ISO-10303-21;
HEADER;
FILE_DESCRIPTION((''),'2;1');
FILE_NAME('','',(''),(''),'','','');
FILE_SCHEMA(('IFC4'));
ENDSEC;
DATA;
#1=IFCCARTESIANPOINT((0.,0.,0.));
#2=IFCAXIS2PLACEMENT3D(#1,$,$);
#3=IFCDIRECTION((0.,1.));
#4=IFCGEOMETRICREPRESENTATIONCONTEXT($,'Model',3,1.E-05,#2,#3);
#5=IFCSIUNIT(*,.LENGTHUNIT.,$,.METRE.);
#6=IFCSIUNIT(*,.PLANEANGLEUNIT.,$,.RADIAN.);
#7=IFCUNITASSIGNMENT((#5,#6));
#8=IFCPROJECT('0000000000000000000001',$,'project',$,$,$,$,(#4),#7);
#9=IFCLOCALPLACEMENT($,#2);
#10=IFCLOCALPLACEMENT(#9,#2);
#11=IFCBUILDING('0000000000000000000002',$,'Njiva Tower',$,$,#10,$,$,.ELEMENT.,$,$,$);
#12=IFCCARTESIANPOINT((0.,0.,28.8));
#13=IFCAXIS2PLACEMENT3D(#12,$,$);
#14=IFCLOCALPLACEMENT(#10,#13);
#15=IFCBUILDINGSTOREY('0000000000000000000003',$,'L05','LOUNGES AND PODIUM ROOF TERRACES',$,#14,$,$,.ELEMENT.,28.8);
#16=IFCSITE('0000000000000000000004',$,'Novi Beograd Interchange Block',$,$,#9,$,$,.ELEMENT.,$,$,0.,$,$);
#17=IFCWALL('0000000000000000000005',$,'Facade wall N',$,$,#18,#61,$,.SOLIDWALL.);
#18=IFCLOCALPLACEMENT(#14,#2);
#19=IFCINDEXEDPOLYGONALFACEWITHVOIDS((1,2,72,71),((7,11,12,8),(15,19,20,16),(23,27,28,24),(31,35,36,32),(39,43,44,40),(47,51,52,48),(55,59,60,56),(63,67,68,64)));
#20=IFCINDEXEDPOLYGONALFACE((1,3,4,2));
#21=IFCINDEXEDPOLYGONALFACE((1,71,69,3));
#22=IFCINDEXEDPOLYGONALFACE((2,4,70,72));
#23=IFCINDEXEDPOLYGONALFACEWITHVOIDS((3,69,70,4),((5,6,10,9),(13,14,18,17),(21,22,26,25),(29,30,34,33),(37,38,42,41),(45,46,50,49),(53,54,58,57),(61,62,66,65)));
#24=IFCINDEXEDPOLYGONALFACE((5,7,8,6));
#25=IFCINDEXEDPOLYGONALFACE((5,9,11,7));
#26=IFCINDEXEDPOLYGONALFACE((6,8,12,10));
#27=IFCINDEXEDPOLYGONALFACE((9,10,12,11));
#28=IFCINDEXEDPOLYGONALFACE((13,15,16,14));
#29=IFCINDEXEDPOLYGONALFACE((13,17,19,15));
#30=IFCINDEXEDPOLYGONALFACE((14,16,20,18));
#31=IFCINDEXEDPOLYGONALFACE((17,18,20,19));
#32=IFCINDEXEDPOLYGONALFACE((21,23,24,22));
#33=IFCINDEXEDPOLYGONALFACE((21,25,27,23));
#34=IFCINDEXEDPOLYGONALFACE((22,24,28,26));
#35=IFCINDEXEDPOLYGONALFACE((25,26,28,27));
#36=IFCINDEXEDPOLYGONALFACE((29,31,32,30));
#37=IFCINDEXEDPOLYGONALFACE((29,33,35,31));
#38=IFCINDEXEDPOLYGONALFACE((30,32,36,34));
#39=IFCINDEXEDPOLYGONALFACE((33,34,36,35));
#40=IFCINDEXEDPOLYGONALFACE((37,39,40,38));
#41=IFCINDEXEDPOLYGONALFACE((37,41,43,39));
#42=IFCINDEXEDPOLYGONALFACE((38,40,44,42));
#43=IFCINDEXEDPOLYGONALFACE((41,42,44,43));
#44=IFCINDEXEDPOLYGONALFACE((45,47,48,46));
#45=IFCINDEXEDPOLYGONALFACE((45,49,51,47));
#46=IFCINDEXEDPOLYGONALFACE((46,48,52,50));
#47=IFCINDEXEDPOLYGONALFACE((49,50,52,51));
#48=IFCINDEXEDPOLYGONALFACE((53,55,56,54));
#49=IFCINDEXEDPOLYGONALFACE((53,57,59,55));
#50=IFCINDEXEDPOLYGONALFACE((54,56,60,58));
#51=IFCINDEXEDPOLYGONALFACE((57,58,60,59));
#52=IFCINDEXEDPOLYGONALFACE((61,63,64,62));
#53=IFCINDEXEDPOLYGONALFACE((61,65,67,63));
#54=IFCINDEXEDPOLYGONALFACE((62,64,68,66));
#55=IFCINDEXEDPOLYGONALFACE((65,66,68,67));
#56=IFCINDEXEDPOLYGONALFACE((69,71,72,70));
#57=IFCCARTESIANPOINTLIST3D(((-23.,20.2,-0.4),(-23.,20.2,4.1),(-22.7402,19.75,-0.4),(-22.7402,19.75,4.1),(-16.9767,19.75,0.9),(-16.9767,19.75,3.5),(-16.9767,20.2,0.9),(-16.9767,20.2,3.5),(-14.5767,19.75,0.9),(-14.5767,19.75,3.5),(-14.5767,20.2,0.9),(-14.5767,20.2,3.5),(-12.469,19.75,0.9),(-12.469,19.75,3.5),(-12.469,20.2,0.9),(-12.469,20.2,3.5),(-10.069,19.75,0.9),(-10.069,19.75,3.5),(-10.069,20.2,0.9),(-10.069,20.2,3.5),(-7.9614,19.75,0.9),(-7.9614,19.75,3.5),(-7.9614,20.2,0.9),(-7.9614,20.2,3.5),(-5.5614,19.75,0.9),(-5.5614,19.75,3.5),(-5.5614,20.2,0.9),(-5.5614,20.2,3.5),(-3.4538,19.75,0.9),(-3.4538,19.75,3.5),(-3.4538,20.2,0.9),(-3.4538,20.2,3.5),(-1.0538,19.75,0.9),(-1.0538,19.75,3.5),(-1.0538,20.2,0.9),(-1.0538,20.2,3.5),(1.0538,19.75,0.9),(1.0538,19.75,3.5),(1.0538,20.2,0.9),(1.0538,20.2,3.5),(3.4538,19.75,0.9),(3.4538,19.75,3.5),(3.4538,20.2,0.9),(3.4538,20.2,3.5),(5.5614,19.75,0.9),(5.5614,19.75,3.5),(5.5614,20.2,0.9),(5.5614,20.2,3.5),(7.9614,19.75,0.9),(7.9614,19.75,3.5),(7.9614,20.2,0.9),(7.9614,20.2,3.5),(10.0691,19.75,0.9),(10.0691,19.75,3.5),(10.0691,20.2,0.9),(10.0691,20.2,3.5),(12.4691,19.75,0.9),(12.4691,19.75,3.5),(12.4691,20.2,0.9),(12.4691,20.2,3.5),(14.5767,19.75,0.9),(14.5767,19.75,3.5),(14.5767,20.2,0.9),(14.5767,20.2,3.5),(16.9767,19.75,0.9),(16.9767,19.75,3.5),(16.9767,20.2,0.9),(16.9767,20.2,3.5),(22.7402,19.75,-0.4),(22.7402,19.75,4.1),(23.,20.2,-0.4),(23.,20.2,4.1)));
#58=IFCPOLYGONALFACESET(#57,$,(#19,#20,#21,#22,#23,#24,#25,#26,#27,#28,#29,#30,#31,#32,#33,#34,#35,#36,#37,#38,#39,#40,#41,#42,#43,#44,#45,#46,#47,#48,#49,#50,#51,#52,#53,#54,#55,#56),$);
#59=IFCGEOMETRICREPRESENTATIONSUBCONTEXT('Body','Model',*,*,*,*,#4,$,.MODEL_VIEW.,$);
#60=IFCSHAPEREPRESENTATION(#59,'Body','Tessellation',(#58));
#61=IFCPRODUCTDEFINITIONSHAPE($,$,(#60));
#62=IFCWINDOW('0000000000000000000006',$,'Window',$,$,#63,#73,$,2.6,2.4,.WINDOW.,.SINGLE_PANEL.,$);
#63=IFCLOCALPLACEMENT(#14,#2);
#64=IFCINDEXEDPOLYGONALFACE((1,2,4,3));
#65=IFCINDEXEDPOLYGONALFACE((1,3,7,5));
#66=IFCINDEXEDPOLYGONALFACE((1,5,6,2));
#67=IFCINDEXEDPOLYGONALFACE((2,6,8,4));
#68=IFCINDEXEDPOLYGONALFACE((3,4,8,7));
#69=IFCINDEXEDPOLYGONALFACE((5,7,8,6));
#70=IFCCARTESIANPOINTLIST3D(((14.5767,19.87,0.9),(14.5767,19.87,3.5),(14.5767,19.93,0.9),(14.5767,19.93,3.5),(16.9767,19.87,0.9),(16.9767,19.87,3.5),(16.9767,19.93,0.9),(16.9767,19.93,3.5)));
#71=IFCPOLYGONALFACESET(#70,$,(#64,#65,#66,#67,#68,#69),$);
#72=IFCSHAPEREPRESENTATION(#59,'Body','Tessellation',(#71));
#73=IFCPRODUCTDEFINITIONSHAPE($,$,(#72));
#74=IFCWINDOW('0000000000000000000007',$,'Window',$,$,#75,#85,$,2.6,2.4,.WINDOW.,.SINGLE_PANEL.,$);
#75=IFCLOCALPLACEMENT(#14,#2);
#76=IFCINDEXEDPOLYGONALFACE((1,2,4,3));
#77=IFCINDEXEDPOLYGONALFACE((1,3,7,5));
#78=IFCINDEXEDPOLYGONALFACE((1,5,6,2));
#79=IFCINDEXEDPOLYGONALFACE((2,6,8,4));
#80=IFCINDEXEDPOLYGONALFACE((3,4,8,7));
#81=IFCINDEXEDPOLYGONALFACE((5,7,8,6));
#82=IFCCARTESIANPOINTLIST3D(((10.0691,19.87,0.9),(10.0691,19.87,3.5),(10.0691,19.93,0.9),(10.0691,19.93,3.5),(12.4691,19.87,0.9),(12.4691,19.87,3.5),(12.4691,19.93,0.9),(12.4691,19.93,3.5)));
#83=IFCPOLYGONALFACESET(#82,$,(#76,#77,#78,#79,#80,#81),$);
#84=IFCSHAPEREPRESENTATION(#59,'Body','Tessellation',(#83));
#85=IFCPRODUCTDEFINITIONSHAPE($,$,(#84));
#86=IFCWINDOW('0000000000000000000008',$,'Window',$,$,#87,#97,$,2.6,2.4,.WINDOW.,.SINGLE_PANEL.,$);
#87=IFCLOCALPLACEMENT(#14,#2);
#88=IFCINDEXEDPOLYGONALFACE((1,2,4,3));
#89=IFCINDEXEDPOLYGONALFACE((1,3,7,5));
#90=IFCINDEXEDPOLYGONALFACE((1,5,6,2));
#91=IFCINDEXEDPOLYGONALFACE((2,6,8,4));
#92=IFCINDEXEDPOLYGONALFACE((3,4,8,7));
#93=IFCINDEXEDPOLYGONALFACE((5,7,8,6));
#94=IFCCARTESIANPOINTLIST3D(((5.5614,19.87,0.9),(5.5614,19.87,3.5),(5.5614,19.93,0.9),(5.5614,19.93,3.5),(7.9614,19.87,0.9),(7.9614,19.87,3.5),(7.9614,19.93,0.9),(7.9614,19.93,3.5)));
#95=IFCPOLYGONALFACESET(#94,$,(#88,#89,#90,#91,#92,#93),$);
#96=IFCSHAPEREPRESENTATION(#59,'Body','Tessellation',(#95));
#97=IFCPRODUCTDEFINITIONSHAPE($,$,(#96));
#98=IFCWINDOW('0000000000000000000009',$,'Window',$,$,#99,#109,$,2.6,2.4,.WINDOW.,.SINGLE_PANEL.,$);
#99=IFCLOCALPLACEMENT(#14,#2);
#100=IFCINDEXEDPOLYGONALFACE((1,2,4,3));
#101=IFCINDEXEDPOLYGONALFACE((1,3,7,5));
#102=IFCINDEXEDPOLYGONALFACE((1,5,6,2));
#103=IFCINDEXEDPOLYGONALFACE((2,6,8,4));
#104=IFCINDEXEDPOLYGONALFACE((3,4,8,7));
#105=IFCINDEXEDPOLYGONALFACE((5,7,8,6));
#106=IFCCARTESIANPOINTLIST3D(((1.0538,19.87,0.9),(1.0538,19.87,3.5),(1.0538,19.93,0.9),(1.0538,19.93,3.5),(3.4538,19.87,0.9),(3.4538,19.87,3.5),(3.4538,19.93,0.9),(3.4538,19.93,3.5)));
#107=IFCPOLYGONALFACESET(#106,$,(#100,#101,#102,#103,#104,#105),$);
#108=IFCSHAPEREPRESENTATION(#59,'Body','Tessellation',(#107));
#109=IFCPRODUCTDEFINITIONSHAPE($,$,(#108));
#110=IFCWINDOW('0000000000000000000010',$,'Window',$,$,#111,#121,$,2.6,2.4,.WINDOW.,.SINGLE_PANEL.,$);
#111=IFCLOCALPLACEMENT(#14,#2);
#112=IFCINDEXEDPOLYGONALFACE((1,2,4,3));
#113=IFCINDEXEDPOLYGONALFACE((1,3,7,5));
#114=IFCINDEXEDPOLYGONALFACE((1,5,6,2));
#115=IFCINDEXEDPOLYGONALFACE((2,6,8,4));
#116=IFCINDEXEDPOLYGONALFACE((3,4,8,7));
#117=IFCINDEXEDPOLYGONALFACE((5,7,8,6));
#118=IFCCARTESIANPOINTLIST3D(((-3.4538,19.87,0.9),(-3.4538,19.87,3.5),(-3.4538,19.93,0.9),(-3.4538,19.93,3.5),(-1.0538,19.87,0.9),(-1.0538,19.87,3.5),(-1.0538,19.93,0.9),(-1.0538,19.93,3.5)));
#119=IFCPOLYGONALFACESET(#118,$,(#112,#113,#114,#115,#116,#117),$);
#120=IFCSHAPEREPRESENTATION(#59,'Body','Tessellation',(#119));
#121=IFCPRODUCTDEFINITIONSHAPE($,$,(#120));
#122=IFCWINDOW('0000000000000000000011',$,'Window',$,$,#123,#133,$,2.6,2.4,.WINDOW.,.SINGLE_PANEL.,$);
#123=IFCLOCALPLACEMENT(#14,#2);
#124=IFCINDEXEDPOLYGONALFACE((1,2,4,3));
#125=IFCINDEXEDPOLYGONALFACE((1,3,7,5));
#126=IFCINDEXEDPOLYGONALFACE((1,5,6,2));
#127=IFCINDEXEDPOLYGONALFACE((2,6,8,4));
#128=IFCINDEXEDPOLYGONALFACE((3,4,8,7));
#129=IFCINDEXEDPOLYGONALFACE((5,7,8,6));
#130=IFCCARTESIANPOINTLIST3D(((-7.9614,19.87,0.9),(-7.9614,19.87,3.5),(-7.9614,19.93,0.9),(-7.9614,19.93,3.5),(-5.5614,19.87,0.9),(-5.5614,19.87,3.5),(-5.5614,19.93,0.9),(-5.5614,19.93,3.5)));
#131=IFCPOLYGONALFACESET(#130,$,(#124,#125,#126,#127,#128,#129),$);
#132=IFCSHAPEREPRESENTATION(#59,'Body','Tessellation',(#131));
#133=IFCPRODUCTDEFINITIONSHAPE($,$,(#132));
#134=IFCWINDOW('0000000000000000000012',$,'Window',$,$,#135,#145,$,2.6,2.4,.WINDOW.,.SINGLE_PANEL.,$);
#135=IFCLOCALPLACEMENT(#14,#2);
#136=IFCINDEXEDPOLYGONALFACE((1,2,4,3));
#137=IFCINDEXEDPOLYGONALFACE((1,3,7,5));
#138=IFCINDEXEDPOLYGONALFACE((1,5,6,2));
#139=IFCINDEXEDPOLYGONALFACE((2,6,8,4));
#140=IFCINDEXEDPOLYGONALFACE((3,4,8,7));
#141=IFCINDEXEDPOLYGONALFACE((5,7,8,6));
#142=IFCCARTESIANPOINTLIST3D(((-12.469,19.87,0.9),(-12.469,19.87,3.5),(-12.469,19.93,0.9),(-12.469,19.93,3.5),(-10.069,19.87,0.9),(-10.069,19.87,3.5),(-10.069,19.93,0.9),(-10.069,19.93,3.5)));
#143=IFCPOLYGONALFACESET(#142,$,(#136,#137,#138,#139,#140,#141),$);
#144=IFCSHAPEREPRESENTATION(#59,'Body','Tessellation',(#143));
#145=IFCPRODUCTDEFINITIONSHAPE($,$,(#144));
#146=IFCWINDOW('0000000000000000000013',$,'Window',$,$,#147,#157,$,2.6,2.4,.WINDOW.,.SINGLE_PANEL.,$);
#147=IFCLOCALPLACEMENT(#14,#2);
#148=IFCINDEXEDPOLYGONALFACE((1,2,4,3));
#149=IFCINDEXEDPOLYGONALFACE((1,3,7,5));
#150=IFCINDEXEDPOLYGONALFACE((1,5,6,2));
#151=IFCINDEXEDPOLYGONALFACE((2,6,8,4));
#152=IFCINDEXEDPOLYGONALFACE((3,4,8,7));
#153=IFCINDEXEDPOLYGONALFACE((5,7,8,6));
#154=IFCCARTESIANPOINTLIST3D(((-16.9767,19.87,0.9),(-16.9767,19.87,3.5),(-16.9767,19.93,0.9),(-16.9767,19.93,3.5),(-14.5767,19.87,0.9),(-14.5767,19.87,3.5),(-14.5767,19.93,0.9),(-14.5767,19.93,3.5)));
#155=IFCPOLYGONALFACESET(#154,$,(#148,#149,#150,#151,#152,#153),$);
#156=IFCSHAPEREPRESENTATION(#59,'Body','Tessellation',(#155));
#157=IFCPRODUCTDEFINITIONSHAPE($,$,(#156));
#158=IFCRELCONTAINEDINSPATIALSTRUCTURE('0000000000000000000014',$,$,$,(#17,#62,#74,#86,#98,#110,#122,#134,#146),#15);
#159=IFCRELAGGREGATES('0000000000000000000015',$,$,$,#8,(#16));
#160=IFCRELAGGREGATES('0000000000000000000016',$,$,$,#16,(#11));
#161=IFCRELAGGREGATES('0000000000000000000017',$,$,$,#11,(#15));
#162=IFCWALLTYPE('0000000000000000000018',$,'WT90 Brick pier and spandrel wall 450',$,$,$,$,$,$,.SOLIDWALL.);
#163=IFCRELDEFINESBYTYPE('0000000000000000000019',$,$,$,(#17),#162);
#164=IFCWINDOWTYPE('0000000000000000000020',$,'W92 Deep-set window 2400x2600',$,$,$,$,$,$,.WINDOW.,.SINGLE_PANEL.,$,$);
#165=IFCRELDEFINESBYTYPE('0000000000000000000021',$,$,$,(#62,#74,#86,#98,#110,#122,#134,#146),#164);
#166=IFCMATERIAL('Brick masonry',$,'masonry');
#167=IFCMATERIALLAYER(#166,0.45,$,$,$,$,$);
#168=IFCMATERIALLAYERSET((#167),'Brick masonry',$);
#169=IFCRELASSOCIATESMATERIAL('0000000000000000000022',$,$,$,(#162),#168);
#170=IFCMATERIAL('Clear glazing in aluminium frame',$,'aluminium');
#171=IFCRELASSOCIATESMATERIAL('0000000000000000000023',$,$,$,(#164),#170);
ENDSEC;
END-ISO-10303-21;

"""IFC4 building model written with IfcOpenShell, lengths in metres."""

from ifc_helpers import new_model, si_unit, direction, frame, frame_2d, origin, place, context, subcontext, project, spatial, polyline, rectangle, outline, extrude, material, layer, layer_set, type_object, element, fill, save


model = new_model("IFC4")

# Units and contexts
model_context = context("Model", 3, precision=1e-05, world=origin(), true_north=direction((0.0, 1.0)))
body_context = subcontext(model_context, "Body", "Model", "MODEL_VIEW")
ifc_project = project(units=[si_unit("LENGTHUNIT", "METRE"), si_unit("PLANEANGLEUNIT", "RADIAN")], contexts=[model_context])

# Site, building, storey
site_placement = place(None, origin())
site = spatial("IfcSite", under=ifc_project, at=site_placement, Name="Novi Beograd Interchange Block", CompositionType="ELEMENT", RefElevation=0.0)
building_placement = place(site_placement, origin())
building = spatial("IfcBuilding", under=site, at=building_placement, Name="Njiva Tower", CompositionType="ELEMENT")
storey_placement = place(building_placement, frame((0.0, 0.0, 28.8)))
storey = spatial("IfcBuildingStorey", under=building, at=storey_placement, Name="L05", Description="LOUNGES AND PODIUM ROOF TERRACES", CompositionType="ELEMENT", Elevation=28.8)

# Wall, openings, windows
ifc_material_1 = material(Name="Brick masonry", Category="masonry")
ifc_layer_1 = layer(ifc_material_1, 0.45)
ifc_layer_set_1 = layer_set([ifc_layer_1], Name="Brick masonry")
wall_type_1 = type_object("IfcWallType", Name="WT90 Brick pier and spandrel wall 450", PredefinedType="SOLIDWALL", material=ifc_layer_set_1)
wall_1_placement = place(storey_placement, frame((22.8701, 19.975, -0.4), z_axis=(0.0, 0.0, 1.0), x_axis=(-1.0, 0.0, 0.0)))
wall_1 = element("IfcWall", 1, at=wall_1_placement, inside=storey, type_object=wall_type_1, Name="Facade wall N", PredefinedType="SOLIDWALL", context=body_context, shape_type="SweptSolid", body=[
    extrude(outline(polyline([(-0.1299, -0.225), (45.8701, -0.225), (45.6103, 0.225), (0.1299, 0.225), (-0.1299, -0.225)])), origin(), (0.0, 0.0, 1.0), 4.5),
])
opening_1_placement = place(wall_1_placement, frame((5.8934, 0.0, 1.3)))
opening_1 = element("IfcOpeningElement", 2, at=opening_1_placement, cuts=wall_1, PredefinedType="OPENING", context=body_context, shape_type="SweptSolid", body=[
    extrude(rectangle(XDim=2.4, YDim=2.6, at=frame_2d((1.2, 1.3))), frame((0.0, 0.235, 0.0), z_axis=(0.0, -1.0, 0.0), x_axis=(1.0, 0.0, 0.0)), (0.0, 0.0, 1.0), 0.47),
])
opening_2_placement = place(wall_1_placement, frame((10.401, 0.0, 1.3)))
opening_2 = element("IfcOpeningElement", 3, at=opening_2_placement, cuts=wall_1, PredefinedType="OPENING", context=body_context, shape_type="SweptSolid", body=[
    extrude(rectangle(XDim=2.4, YDim=2.6, at=frame_2d((1.2, 1.3))), frame((0.0, 0.235, 0.0), z_axis=(0.0, -1.0, 0.0), x_axis=(1.0, 0.0, 0.0)), (0.0, 0.0, 1.0), 0.47),
])
opening_3_placement = place(wall_1_placement, frame((14.9087, 0.0, 1.3)))
opening_3 = element("IfcOpeningElement", 4, at=opening_3_placement, cuts=wall_1, PredefinedType="OPENING", context=body_context, shape_type="SweptSolid", body=[
    extrude(rectangle(XDim=2.4, YDim=2.6, at=frame_2d((1.2, 1.3))), frame((0.0, 0.235, 0.0), z_axis=(0.0, -1.0, 0.0), x_axis=(1.0, 0.0, 0.0)), (0.0, 0.0, 1.0), 0.47),
])
opening_4_placement = place(wall_1_placement, frame((19.4163, 0.0, 1.3)))
opening_4 = element("IfcOpeningElement", 5, at=opening_4_placement, cuts=wall_1, PredefinedType="OPENING", context=body_context, shape_type="SweptSolid", body=[
    extrude(rectangle(XDim=2.4, YDim=2.6, at=frame_2d((1.2, 1.3))), frame((0.0, 0.235, 0.0), z_axis=(0.0, -1.0, 0.0), x_axis=(1.0, 0.0, 0.0)), (0.0, 0.0, 1.0), 0.47),
])
opening_5_placement = place(wall_1_placement, frame((23.9239, 0.0, 1.3)))
opening_5 = element("IfcOpeningElement", 6, at=opening_5_placement, cuts=wall_1, PredefinedType="OPENING", context=body_context, shape_type="SweptSolid", body=[
    extrude(rectangle(XDim=2.4, YDim=2.6, at=frame_2d((1.2, 1.3))), frame((0.0, 0.235, 0.0), z_axis=(0.0, -1.0, 0.0), x_axis=(1.0, 0.0, 0.0)), (0.0, 0.0, 1.0), 0.47),
])
opening_6_placement = place(wall_1_placement, frame((28.4315, 0.0, 1.3)))
opening_6 = element("IfcOpeningElement", 7, at=opening_6_placement, cuts=wall_1, PredefinedType="OPENING", context=body_context, shape_type="SweptSolid", body=[
    extrude(rectangle(XDim=2.4, YDim=2.6, at=frame_2d((1.2, 1.3))), frame((0.0, 0.235, 0.0), z_axis=(0.0, -1.0, 0.0), x_axis=(1.0, 0.0, 0.0)), (0.0, 0.0, 1.0), 0.47),
])
opening_7_placement = place(wall_1_placement, frame((32.9391, 0.0, 1.3)))
opening_7 = element("IfcOpeningElement", 8, at=opening_7_placement, cuts=wall_1, PredefinedType="OPENING", context=body_context, shape_type="SweptSolid", body=[
    extrude(rectangle(XDim=2.4, YDim=2.6, at=frame_2d((1.2, 1.3))), frame((0.0, 0.235, 0.0), z_axis=(0.0, -1.0, 0.0), x_axis=(1.0, 0.0, 0.0)), (0.0, 0.0, 1.0), 0.47),
])
opening_8_placement = place(wall_1_placement, frame((37.4468, 0.0, 1.3)))
opening_8 = element("IfcOpeningElement", 9, at=opening_8_placement, cuts=wall_1, PredefinedType="OPENING", context=body_context, shape_type="SweptSolid", body=[
    extrude(rectangle(XDim=2.4, YDim=2.6, at=frame_2d((1.2, 1.3))), frame((0.0, 0.235, 0.0), z_axis=(0.0, -1.0, 0.0), x_axis=(1.0, 0.0, 0.0)), (0.0, 0.0, 1.0), 0.47),
])
ifc_material_2 = material(Name="Clear glazing in aluminium frame", Category="aluminium")
window_type = type_object("IfcWindowType", Name="W92 Deep-set window 2400x2600", PartitioningType="SINGLE_PANEL", PredefinedType="WINDOW", material=ifc_material_2)
window_1_placement = place(opening_1_placement, origin())
window_1 = element("IfcWindow", 10, at=window_1_placement, inside=storey, type_object=window_type, Name="Window", OverallHeight=2.6, OverallWidth=2.4, PartitioningType="SINGLE_PANEL", PredefinedType="WINDOW", context=body_context, shape_type="SweptSolid", body=[
    extrude(rectangle(XDim=2.4, YDim=2.6, at=frame_2d((1.2, 1.3))), frame((0.0, 0.105, 0.0), z_axis=(0.0, -1.0, 0.0), x_axis=(1.0, 0.0, 0.0)), (0.0, 0.0, 1.0), 0.06),
])
fill(opening_1, window_1)
window_2_placement = place(opening_2_placement, origin())
window_2 = element("IfcWindow", 11, at=window_2_placement, inside=storey, type_object=window_type, Name="Window", OverallHeight=2.6, OverallWidth=2.4, PartitioningType="SINGLE_PANEL", PredefinedType="WINDOW", context=body_context, shape_type="SweptSolid", body=[
    extrude(rectangle(XDim=2.4, YDim=2.6, at=frame_2d((1.2, 1.3))), frame((0.0, 0.105, 0.0), z_axis=(0.0, -1.0, 0.0), x_axis=(1.0, 0.0, 0.0)), (0.0, 0.0, 1.0), 0.06),
])
fill(opening_2, window_2)
window_3_placement = place(opening_3_placement, origin())
window_3 = element("IfcWindow", 12, at=window_3_placement, inside=storey, type_object=window_type, Name="Window", OverallHeight=2.6, OverallWidth=2.4, PartitioningType="SINGLE_PANEL", PredefinedType="WINDOW", context=body_context, shape_type="SweptSolid", body=[
    extrude(rectangle(XDim=2.4, YDim=2.6, at=frame_2d((1.2, 1.3))), frame((0.0, 0.105, 0.0), z_axis=(0.0, -1.0, 0.0), x_axis=(1.0, 0.0, 0.0)), (0.0, 0.0, 1.0), 0.06),
])
fill(opening_3, window_3)
window_4_placement = place(opening_4_placement, origin())
window_4 = element("IfcWindow", 13, at=window_4_placement, inside=storey, type_object=window_type, Name="Window", OverallHeight=2.6, OverallWidth=2.4, PartitioningType="SINGLE_PANEL", PredefinedType="WINDOW", context=body_context, shape_type="SweptSolid", body=[
    extrude(rectangle(XDim=2.4, YDim=2.6, at=frame_2d((1.2, 1.3))), frame((0.0, 0.105, 0.0), z_axis=(0.0, -1.0, 0.0), x_axis=(1.0, 0.0, 0.0)), (0.0, 0.0, 1.0), 0.06),
])
fill(opening_4, window_4)
window_5_placement = place(opening_5_placement, origin())
window_5 = element("IfcWindow", 14, at=window_5_placement, inside=storey, type_object=window_type, Name="Window", OverallHeight=2.6, OverallWidth=2.4, PartitioningType="SINGLE_PANEL", PredefinedType="WINDOW", context=body_context, shape_type="SweptSolid", body=[
    extrude(rectangle(XDim=2.4, YDim=2.6, at=frame_2d((1.2, 1.3))), frame((0.0, 0.105, 0.0), z_axis=(0.0, -1.0, 0.0), x_axis=(1.0, 0.0, 0.0)), (0.0, 0.0, 1.0), 0.06),
])
fill(opening_5, window_5)
window_6_placement = place(opening_6_placement, origin())
window_6 = element("IfcWindow", 15, at=window_6_placement, inside=storey, type_object=window_type, Name="Window", OverallHeight=2.6, OverallWidth=2.4, PartitioningType="SINGLE_PANEL", PredefinedType="WINDOW", context=body_context, shape_type="SweptSolid", body=[
    extrude(rectangle(XDim=2.4, YDim=2.6, at=frame_2d((1.2, 1.3))), frame((0.0, 0.105, 0.0), z_axis=(0.0, -1.0, 0.0), x_axis=(1.0, 0.0, 0.0)), (0.0, 0.0, 1.0), 0.06),
])
fill(opening_6, window_6)
window_7_placement = place(opening_7_placement, origin())
window_7 = element("IfcWindow", 16, at=window_7_placement, inside=storey, type_object=window_type, Name="Window", OverallHeight=2.6, OverallWidth=2.4, PartitioningType="SINGLE_PANEL", PredefinedType="WINDOW", context=body_context, shape_type="SweptSolid", body=[
    extrude(rectangle(XDim=2.4, YDim=2.6, at=frame_2d((1.2, 1.3))), frame((0.0, 0.105, 0.0), z_axis=(0.0, -1.0, 0.0), x_axis=(1.0, 0.0, 0.0)), (0.0, 0.0, 1.0), 0.06),
])
fill(opening_7, window_7)
window_8_placement = place(opening_8_placement, origin())
window_8 = element("IfcWindow", 17, at=window_8_placement, inside=storey, type_object=window_type, Name="Window", OverallHeight=2.6, OverallWidth=2.4, PartitioningType="SINGLE_PANEL", PredefinedType="WINDOW", context=body_context, shape_type="SweptSolid", body=[
    extrude(rectangle(XDim=2.4, YDim=2.6, at=frame_2d((1.2, 1.3))), frame((0.0, 0.105, 0.0), z_axis=(0.0, -1.0, 0.0), x_axis=(1.0, 0.0, 0.0)), (0.0, 0.0, 1.0), 0.06),
])
fill(opening_8, window_8)

save(model, "model.ifc")
